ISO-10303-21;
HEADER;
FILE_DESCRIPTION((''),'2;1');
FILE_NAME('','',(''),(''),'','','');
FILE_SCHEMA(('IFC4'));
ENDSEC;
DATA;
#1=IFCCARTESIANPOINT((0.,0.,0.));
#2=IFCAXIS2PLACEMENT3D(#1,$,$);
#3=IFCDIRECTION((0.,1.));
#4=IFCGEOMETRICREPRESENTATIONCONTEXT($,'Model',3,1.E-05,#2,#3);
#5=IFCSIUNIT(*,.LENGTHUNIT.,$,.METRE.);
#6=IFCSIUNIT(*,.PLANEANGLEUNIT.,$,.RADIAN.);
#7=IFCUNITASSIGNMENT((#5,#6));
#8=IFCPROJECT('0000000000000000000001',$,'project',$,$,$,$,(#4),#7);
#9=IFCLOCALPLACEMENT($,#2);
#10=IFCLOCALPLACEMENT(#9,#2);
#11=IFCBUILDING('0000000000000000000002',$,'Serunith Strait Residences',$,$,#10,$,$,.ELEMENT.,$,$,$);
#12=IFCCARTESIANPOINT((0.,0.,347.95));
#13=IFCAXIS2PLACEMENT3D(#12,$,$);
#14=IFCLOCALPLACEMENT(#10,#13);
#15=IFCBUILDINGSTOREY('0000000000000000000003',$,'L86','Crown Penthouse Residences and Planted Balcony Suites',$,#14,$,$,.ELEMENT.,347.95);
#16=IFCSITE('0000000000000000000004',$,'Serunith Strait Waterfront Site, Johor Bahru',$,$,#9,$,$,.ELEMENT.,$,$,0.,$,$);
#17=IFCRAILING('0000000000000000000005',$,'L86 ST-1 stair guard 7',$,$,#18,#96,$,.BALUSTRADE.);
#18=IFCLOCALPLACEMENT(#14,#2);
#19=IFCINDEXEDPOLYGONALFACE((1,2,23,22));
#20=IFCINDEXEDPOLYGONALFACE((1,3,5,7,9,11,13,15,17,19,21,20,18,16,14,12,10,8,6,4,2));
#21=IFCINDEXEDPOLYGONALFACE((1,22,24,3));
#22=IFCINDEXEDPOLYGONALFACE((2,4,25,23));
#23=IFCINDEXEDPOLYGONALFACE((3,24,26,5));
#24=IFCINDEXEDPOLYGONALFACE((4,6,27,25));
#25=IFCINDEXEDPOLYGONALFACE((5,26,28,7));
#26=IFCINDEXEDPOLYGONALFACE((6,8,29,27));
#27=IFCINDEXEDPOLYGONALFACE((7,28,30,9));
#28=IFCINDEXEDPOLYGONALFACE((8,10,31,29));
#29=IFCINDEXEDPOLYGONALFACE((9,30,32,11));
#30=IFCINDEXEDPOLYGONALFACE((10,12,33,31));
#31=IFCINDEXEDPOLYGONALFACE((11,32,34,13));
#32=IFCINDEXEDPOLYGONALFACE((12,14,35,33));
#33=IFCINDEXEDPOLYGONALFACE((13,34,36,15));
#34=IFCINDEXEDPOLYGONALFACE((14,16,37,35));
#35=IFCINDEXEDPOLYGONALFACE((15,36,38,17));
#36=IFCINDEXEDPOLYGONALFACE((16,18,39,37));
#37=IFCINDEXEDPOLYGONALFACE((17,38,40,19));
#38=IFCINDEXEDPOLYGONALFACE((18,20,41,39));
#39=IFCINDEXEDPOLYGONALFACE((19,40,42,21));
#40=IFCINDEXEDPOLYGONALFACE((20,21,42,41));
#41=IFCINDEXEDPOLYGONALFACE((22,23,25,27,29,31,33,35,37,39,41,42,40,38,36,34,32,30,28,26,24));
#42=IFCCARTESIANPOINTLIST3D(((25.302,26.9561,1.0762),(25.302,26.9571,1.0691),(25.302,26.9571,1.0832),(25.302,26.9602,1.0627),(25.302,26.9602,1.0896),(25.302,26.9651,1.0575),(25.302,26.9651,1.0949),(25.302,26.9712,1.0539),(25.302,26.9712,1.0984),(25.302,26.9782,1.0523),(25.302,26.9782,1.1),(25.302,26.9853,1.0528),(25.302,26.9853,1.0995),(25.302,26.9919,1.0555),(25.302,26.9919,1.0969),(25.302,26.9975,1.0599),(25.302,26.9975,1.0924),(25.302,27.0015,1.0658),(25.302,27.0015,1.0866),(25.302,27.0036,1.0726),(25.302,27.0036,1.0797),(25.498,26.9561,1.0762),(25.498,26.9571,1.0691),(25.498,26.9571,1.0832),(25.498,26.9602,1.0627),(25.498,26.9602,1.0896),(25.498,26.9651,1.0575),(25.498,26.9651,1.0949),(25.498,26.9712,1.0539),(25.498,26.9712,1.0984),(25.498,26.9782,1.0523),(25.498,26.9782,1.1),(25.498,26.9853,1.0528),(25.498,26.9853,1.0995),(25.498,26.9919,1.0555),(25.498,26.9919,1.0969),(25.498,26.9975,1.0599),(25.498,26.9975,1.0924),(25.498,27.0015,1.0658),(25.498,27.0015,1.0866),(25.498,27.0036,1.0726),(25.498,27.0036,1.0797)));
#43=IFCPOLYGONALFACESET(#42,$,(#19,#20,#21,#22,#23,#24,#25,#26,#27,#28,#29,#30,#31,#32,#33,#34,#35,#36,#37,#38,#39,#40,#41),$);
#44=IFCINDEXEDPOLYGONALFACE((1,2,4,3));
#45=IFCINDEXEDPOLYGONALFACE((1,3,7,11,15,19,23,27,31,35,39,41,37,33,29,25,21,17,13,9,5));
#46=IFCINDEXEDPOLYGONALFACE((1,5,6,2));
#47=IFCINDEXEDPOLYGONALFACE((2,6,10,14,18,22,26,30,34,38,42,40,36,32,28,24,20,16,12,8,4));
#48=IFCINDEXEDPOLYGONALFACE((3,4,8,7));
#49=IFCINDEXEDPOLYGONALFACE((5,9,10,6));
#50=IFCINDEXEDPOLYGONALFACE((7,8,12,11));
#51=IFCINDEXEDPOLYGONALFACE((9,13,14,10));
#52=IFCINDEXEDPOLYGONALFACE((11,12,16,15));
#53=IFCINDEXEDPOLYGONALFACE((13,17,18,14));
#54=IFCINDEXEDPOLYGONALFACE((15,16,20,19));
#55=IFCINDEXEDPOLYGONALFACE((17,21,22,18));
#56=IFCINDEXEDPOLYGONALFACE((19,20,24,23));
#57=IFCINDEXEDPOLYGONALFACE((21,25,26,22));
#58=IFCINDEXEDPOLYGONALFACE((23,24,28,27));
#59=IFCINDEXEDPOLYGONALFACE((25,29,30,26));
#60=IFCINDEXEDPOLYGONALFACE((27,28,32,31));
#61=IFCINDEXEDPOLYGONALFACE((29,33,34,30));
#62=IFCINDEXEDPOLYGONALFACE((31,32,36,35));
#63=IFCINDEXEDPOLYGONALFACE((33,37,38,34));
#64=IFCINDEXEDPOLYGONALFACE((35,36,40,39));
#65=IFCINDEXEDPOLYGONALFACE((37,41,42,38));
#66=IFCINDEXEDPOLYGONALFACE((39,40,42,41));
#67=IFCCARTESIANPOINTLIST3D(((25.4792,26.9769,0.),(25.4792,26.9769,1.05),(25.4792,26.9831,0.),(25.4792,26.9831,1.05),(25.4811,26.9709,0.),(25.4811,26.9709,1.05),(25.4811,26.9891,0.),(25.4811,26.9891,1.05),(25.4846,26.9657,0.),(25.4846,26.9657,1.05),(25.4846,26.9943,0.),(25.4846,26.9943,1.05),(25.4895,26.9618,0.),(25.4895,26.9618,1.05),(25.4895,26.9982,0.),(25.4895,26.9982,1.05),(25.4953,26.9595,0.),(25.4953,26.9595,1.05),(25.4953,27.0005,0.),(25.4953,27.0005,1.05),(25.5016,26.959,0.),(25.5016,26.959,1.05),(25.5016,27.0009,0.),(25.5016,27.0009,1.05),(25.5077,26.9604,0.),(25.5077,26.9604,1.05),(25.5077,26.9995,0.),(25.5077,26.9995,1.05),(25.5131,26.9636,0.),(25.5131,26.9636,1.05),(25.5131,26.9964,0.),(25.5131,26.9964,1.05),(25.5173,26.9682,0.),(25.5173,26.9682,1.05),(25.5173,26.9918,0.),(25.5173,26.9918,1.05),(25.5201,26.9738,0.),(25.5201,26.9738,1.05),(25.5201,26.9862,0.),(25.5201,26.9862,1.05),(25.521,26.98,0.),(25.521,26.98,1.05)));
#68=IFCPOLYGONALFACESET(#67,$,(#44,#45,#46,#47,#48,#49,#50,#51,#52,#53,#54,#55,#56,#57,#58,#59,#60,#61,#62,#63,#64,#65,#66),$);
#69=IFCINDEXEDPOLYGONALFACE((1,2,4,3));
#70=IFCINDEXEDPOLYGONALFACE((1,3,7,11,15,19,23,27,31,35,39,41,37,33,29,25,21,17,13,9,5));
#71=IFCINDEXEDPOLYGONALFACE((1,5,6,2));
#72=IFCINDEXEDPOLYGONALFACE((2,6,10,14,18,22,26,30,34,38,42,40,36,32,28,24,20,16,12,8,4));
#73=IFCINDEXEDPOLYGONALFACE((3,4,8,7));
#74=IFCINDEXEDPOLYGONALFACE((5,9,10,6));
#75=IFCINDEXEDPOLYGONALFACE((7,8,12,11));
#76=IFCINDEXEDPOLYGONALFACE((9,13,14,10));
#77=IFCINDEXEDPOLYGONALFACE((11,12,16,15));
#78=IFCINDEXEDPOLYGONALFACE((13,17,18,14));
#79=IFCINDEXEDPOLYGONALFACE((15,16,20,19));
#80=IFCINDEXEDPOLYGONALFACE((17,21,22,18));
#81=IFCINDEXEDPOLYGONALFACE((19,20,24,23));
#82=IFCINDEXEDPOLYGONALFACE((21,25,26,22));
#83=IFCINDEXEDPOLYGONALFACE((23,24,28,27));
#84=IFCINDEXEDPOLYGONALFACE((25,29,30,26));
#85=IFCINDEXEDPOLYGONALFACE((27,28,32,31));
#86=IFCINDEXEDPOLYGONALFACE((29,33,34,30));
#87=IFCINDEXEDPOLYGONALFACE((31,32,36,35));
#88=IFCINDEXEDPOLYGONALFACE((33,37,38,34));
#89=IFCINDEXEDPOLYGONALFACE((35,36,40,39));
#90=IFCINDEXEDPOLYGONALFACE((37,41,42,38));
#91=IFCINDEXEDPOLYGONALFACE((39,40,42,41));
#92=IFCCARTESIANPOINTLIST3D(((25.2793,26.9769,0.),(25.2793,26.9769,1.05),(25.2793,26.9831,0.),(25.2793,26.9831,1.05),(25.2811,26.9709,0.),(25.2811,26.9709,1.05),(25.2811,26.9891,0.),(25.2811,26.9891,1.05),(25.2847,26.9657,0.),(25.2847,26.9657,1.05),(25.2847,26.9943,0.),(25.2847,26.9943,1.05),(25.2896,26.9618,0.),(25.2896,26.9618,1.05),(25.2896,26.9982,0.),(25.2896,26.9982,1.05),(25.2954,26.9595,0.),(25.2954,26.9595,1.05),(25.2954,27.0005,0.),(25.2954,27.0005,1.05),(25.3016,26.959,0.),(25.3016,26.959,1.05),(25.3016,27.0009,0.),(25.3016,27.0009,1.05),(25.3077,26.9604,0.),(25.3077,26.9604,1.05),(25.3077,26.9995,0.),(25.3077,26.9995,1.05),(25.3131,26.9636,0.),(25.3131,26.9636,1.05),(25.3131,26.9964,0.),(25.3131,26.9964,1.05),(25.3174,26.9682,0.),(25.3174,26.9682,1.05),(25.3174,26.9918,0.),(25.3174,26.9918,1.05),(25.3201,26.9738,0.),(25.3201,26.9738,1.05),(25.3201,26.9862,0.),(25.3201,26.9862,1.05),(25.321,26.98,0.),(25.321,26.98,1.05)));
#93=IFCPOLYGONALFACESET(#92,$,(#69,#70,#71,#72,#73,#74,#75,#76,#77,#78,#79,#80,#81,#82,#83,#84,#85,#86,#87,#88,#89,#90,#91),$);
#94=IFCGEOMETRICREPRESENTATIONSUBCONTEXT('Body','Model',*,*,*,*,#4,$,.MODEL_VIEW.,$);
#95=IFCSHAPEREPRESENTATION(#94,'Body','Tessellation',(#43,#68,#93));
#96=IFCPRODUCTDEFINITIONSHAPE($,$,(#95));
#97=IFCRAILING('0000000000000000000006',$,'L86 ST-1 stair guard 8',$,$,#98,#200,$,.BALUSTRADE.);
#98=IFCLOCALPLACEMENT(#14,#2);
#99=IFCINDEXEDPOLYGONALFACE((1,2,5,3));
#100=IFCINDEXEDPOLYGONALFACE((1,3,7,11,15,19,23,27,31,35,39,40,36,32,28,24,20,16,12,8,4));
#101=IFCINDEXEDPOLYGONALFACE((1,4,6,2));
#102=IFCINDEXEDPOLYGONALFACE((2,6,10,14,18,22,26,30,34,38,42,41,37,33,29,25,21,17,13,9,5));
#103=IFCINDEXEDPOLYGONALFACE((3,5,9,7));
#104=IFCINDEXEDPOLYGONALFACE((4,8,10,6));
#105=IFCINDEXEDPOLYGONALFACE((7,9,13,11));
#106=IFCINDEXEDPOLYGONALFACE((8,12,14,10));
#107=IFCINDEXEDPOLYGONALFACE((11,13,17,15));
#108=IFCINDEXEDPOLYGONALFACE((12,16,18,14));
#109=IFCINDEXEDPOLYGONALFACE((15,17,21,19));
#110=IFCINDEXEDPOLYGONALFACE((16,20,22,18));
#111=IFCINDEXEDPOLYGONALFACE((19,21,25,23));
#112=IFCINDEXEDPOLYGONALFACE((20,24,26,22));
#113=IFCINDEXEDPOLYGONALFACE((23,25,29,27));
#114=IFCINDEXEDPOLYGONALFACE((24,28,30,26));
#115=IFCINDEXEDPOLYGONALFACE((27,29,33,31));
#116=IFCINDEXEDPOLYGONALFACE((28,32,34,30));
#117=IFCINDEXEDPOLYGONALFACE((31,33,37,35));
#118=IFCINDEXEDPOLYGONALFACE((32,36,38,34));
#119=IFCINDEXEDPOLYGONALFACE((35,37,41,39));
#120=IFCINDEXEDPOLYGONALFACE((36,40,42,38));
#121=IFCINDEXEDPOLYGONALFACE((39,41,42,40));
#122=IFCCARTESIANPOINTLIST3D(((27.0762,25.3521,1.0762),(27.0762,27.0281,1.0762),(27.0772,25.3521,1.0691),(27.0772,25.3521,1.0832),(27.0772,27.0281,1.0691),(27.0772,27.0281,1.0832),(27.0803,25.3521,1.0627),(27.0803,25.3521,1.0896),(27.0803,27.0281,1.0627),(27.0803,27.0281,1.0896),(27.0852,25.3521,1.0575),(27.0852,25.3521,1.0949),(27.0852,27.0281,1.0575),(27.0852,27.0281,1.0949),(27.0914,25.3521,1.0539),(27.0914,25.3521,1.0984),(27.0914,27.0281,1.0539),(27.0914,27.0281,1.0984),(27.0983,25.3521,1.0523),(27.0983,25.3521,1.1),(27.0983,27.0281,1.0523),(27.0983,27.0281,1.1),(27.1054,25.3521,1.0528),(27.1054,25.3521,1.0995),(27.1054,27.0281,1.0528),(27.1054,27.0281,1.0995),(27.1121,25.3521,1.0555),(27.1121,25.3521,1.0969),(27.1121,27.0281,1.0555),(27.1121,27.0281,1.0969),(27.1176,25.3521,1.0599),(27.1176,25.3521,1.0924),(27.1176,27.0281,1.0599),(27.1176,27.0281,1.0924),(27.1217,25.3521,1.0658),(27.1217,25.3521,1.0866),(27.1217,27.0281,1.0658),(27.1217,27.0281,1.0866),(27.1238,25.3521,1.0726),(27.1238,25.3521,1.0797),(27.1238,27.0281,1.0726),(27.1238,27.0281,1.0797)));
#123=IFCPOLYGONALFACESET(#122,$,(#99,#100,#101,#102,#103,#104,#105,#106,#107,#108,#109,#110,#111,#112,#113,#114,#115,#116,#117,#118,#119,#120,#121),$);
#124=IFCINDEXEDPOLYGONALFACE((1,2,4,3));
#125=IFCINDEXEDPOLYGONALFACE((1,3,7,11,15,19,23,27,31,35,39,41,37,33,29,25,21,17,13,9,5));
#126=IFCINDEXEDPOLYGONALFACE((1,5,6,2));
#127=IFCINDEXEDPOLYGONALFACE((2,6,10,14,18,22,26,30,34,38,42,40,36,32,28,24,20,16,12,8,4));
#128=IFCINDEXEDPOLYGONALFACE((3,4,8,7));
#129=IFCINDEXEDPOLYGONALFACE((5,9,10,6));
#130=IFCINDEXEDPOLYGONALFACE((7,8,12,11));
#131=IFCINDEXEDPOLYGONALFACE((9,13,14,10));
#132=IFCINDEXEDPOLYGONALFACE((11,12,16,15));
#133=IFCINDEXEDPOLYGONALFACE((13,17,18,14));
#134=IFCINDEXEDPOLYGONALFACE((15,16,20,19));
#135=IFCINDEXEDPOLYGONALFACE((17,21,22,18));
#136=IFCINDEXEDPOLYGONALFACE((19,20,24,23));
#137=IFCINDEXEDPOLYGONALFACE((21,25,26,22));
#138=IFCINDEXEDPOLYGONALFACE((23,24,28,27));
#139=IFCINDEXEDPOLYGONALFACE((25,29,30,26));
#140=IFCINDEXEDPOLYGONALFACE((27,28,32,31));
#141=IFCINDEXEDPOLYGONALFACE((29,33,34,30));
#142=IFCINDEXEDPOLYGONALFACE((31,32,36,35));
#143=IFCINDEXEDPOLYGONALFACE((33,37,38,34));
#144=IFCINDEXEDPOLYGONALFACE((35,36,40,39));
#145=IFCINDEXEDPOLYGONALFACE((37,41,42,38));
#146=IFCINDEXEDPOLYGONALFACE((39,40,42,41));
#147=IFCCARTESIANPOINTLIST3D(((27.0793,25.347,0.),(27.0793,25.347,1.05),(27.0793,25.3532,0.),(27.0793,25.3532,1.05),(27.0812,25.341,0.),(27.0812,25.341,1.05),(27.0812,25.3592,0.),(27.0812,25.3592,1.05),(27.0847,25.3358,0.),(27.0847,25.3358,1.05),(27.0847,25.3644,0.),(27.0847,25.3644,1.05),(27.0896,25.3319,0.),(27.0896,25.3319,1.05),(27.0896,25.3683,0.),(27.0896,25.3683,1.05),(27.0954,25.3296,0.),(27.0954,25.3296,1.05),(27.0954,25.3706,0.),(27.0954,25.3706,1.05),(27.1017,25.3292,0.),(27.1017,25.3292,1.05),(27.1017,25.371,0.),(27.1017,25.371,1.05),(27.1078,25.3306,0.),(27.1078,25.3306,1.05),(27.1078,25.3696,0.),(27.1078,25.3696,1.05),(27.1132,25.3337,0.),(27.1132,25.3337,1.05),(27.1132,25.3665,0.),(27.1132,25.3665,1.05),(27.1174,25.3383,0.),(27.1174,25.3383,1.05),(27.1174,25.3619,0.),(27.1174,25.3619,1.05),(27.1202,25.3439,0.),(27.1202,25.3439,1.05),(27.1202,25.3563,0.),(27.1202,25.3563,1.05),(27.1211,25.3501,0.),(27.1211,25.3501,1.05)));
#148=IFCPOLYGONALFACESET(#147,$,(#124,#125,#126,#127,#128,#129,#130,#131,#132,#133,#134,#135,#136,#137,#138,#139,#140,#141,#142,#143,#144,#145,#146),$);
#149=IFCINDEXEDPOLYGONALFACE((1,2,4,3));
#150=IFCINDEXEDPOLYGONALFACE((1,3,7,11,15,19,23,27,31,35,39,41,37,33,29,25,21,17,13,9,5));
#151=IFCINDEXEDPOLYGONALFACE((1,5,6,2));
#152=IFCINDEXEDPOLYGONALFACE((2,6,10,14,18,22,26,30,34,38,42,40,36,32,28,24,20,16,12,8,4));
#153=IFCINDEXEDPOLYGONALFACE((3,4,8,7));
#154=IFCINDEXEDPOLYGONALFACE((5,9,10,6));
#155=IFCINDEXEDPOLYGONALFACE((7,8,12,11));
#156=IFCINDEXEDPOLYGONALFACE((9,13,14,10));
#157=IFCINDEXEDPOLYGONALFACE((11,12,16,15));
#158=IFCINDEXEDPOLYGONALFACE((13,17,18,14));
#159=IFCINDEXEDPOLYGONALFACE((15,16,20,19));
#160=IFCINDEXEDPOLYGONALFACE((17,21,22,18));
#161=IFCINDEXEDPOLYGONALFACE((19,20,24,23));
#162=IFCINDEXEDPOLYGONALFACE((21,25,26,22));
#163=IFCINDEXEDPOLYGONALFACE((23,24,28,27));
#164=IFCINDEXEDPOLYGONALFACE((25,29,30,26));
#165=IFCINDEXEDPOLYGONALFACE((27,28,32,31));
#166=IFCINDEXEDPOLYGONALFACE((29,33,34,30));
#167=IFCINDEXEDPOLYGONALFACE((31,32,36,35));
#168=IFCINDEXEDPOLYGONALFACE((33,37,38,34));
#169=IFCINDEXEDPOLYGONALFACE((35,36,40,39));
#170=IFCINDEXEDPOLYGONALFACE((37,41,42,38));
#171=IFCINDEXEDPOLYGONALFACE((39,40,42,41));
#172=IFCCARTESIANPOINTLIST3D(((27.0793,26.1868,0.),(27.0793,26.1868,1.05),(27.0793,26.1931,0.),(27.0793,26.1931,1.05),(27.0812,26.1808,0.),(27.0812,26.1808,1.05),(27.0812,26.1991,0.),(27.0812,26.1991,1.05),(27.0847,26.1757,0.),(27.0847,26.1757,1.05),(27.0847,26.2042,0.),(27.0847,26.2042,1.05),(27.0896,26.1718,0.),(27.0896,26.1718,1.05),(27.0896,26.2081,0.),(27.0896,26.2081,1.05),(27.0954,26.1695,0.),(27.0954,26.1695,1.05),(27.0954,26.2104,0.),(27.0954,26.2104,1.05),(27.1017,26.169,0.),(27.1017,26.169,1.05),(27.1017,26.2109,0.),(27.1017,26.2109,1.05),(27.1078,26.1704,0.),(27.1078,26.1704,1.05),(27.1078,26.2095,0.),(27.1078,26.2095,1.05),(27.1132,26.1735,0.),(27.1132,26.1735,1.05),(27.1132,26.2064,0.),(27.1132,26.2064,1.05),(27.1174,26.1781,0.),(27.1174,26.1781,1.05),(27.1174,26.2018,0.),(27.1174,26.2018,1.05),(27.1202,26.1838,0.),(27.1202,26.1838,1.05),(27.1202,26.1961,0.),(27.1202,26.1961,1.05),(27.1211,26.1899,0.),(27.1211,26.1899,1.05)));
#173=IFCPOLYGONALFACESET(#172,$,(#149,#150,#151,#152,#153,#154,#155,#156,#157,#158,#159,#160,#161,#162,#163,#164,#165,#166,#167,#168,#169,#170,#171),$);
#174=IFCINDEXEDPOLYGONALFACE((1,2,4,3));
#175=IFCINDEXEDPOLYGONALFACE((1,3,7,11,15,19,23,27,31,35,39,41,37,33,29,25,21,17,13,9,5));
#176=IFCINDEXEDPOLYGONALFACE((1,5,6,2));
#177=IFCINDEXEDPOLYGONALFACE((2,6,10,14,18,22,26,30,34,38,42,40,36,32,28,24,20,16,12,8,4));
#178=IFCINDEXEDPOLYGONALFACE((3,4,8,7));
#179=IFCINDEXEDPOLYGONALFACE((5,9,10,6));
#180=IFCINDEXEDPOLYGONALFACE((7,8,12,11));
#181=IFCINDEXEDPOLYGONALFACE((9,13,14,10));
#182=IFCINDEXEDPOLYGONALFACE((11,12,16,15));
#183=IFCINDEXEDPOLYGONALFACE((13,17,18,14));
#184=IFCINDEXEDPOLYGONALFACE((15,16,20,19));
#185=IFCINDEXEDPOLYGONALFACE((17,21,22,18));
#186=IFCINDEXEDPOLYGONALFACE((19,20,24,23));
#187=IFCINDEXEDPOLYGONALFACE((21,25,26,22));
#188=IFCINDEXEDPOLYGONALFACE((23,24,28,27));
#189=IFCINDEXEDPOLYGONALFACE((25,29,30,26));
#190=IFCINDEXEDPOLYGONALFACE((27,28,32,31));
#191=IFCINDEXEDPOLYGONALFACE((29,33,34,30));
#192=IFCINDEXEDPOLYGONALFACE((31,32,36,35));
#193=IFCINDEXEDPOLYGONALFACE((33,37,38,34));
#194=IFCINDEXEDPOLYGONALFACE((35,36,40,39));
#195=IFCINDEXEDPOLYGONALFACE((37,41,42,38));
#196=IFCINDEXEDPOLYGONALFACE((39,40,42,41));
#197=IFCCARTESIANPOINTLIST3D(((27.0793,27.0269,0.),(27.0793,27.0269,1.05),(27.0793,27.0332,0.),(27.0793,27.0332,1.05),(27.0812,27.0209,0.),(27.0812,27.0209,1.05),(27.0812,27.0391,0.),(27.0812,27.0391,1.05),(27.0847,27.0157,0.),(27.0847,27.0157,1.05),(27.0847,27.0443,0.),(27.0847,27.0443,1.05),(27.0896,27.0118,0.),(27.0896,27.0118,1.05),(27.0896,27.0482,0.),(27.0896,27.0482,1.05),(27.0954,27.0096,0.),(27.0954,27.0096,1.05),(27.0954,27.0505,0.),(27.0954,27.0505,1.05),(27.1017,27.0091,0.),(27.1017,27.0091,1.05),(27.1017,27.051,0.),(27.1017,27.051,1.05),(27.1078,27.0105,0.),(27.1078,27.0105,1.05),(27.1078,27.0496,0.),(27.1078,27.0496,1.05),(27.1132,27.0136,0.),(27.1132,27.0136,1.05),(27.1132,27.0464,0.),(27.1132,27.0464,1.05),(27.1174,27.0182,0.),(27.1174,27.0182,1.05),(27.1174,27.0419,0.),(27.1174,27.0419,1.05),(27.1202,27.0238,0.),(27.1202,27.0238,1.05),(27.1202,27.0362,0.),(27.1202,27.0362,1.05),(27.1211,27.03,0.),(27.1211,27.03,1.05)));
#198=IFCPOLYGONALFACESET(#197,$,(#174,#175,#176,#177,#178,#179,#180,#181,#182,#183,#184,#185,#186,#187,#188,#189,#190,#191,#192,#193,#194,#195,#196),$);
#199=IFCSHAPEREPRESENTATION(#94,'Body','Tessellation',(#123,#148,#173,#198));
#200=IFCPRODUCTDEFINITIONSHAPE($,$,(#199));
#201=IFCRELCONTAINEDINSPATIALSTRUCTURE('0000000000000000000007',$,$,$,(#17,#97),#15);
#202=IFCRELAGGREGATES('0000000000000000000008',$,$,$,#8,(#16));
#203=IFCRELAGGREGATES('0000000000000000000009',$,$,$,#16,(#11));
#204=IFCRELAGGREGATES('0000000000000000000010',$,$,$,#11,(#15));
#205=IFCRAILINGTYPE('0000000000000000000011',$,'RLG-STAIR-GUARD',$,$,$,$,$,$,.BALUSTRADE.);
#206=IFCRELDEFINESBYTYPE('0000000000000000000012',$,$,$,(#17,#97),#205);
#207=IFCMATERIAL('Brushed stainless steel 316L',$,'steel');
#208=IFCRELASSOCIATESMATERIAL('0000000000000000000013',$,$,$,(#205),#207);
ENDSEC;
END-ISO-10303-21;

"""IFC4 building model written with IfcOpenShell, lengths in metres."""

from ifc_helpers import new_model, si_unit, direction, frame, origin, origin_2d, place, context, subcontext, project, spatial, circle, extrude, material, type_object, element, save


model = new_model("IFC4")

# Units and contexts
model_context = context("Model", 3, precision=1e-05, world=origin(), true_north=direction((0.0, 1.0)))
body_context = subcontext(model_context, "Body", "Model", "MODEL_VIEW")
ifc_project = project(units=[si_unit("LENGTHUNIT", "METRE"), si_unit("PLANEANGLEUNIT", "RADIAN")], contexts=[model_context])

# Site, building, storey
site_placement = place(None, origin())
site = spatial("IfcSite", under=ifc_project, at=site_placement, Name="Serunith Strait Waterfront Site, Johor Bahru", CompositionType="ELEMENT", RefElevation=0.0)
building_placement = place(site_placement, origin())
building = spatial("IfcBuilding", under=site, at=building_placement, Name="Serunith Strait Residences", CompositionType="ELEMENT")
storey_placement = place(building_placement, frame((0.0, 0.0, 347.95)))
storey = spatial("IfcBuildingStorey", under=building, at=storey_placement, Name="L86", Description="Crown Penthouse Residences and Planted Balcony Suites", CompositionType="ELEMENT", Elevation=347.95)

# Railings
ifc_material_1 = material(Name="Brushed stainless steel 316L", Category="steel")
railing_type_1 = type_object("IfcRailingType", Name="RLG-STAIR-GUARD", PredefinedType="BALUSTRADE", material=ifc_material_1)
railing_1_placement = place(storey_placement, frame((25.5, 26.98, 0.0)))
element("IfcRailing", 1, at=railing_1_placement, inside=storey, type_object=railing_type_1, Name="L86 ST-1 stair guard 7", PredefinedType="BALUSTRADE", context=body_context, shape_type="SweptSolid", body=[
    extrude(circle(Radius=0.0239, at=origin_2d()), frame((-0.002, 0.0, 1.0762), z_axis=(-1.0, 0.0, 0.0), x_axis=(0.0, -1.0, 0.0)), (0.0, 0.0, 1.0), 0.196),
    extrude(circle(Radius=0.021, at=origin_2d()), origin(), (0.0, 0.0, 1.0), 1.05),
    extrude(circle(Radius=0.021, at=origin_2d()), frame((-0.2, 0.0, 0.0)), (0.0, 0.0, 1.0), 1.05),
])
for number, where, name in (
    (2, (27.1001, 25.3501, 0.0), "L86 ST-1 stair guard 8"),
):
    element("IfcRailing", number, at=place(storey_placement, frame(where)), inside=storey, type_object=railing_type_1, Name=name, PredefinedType="BALUSTRADE", context=body_context, shape_type="SweptSolid", body=[
        extrude(circle(Radius=0.0239, at=origin_2d()), frame((0.0, 0.002, 1.0762), z_axis=(0.0, 1.0, 0.0), x_axis=(-1.0, 0.0, 0.0)), (0.0, 0.0, 1.0), 1.676),
        extrude(circle(Radius=0.021, at=origin_2d()), origin(), (0.0, 0.0, 1.0), 1.05),
        extrude(circle(Radius=0.021, at=origin_2d()), frame((0.0, 0.8398, 0.0)), (0.0, 0.0, 1.0), 1.05),
        extrude(circle(Radius=0.021, at=origin_2d()), frame((0.0, 1.6799, 0.0)), (0.0, 0.0, 1.0), 1.05),
    ])

save(model, "model.ifc")
